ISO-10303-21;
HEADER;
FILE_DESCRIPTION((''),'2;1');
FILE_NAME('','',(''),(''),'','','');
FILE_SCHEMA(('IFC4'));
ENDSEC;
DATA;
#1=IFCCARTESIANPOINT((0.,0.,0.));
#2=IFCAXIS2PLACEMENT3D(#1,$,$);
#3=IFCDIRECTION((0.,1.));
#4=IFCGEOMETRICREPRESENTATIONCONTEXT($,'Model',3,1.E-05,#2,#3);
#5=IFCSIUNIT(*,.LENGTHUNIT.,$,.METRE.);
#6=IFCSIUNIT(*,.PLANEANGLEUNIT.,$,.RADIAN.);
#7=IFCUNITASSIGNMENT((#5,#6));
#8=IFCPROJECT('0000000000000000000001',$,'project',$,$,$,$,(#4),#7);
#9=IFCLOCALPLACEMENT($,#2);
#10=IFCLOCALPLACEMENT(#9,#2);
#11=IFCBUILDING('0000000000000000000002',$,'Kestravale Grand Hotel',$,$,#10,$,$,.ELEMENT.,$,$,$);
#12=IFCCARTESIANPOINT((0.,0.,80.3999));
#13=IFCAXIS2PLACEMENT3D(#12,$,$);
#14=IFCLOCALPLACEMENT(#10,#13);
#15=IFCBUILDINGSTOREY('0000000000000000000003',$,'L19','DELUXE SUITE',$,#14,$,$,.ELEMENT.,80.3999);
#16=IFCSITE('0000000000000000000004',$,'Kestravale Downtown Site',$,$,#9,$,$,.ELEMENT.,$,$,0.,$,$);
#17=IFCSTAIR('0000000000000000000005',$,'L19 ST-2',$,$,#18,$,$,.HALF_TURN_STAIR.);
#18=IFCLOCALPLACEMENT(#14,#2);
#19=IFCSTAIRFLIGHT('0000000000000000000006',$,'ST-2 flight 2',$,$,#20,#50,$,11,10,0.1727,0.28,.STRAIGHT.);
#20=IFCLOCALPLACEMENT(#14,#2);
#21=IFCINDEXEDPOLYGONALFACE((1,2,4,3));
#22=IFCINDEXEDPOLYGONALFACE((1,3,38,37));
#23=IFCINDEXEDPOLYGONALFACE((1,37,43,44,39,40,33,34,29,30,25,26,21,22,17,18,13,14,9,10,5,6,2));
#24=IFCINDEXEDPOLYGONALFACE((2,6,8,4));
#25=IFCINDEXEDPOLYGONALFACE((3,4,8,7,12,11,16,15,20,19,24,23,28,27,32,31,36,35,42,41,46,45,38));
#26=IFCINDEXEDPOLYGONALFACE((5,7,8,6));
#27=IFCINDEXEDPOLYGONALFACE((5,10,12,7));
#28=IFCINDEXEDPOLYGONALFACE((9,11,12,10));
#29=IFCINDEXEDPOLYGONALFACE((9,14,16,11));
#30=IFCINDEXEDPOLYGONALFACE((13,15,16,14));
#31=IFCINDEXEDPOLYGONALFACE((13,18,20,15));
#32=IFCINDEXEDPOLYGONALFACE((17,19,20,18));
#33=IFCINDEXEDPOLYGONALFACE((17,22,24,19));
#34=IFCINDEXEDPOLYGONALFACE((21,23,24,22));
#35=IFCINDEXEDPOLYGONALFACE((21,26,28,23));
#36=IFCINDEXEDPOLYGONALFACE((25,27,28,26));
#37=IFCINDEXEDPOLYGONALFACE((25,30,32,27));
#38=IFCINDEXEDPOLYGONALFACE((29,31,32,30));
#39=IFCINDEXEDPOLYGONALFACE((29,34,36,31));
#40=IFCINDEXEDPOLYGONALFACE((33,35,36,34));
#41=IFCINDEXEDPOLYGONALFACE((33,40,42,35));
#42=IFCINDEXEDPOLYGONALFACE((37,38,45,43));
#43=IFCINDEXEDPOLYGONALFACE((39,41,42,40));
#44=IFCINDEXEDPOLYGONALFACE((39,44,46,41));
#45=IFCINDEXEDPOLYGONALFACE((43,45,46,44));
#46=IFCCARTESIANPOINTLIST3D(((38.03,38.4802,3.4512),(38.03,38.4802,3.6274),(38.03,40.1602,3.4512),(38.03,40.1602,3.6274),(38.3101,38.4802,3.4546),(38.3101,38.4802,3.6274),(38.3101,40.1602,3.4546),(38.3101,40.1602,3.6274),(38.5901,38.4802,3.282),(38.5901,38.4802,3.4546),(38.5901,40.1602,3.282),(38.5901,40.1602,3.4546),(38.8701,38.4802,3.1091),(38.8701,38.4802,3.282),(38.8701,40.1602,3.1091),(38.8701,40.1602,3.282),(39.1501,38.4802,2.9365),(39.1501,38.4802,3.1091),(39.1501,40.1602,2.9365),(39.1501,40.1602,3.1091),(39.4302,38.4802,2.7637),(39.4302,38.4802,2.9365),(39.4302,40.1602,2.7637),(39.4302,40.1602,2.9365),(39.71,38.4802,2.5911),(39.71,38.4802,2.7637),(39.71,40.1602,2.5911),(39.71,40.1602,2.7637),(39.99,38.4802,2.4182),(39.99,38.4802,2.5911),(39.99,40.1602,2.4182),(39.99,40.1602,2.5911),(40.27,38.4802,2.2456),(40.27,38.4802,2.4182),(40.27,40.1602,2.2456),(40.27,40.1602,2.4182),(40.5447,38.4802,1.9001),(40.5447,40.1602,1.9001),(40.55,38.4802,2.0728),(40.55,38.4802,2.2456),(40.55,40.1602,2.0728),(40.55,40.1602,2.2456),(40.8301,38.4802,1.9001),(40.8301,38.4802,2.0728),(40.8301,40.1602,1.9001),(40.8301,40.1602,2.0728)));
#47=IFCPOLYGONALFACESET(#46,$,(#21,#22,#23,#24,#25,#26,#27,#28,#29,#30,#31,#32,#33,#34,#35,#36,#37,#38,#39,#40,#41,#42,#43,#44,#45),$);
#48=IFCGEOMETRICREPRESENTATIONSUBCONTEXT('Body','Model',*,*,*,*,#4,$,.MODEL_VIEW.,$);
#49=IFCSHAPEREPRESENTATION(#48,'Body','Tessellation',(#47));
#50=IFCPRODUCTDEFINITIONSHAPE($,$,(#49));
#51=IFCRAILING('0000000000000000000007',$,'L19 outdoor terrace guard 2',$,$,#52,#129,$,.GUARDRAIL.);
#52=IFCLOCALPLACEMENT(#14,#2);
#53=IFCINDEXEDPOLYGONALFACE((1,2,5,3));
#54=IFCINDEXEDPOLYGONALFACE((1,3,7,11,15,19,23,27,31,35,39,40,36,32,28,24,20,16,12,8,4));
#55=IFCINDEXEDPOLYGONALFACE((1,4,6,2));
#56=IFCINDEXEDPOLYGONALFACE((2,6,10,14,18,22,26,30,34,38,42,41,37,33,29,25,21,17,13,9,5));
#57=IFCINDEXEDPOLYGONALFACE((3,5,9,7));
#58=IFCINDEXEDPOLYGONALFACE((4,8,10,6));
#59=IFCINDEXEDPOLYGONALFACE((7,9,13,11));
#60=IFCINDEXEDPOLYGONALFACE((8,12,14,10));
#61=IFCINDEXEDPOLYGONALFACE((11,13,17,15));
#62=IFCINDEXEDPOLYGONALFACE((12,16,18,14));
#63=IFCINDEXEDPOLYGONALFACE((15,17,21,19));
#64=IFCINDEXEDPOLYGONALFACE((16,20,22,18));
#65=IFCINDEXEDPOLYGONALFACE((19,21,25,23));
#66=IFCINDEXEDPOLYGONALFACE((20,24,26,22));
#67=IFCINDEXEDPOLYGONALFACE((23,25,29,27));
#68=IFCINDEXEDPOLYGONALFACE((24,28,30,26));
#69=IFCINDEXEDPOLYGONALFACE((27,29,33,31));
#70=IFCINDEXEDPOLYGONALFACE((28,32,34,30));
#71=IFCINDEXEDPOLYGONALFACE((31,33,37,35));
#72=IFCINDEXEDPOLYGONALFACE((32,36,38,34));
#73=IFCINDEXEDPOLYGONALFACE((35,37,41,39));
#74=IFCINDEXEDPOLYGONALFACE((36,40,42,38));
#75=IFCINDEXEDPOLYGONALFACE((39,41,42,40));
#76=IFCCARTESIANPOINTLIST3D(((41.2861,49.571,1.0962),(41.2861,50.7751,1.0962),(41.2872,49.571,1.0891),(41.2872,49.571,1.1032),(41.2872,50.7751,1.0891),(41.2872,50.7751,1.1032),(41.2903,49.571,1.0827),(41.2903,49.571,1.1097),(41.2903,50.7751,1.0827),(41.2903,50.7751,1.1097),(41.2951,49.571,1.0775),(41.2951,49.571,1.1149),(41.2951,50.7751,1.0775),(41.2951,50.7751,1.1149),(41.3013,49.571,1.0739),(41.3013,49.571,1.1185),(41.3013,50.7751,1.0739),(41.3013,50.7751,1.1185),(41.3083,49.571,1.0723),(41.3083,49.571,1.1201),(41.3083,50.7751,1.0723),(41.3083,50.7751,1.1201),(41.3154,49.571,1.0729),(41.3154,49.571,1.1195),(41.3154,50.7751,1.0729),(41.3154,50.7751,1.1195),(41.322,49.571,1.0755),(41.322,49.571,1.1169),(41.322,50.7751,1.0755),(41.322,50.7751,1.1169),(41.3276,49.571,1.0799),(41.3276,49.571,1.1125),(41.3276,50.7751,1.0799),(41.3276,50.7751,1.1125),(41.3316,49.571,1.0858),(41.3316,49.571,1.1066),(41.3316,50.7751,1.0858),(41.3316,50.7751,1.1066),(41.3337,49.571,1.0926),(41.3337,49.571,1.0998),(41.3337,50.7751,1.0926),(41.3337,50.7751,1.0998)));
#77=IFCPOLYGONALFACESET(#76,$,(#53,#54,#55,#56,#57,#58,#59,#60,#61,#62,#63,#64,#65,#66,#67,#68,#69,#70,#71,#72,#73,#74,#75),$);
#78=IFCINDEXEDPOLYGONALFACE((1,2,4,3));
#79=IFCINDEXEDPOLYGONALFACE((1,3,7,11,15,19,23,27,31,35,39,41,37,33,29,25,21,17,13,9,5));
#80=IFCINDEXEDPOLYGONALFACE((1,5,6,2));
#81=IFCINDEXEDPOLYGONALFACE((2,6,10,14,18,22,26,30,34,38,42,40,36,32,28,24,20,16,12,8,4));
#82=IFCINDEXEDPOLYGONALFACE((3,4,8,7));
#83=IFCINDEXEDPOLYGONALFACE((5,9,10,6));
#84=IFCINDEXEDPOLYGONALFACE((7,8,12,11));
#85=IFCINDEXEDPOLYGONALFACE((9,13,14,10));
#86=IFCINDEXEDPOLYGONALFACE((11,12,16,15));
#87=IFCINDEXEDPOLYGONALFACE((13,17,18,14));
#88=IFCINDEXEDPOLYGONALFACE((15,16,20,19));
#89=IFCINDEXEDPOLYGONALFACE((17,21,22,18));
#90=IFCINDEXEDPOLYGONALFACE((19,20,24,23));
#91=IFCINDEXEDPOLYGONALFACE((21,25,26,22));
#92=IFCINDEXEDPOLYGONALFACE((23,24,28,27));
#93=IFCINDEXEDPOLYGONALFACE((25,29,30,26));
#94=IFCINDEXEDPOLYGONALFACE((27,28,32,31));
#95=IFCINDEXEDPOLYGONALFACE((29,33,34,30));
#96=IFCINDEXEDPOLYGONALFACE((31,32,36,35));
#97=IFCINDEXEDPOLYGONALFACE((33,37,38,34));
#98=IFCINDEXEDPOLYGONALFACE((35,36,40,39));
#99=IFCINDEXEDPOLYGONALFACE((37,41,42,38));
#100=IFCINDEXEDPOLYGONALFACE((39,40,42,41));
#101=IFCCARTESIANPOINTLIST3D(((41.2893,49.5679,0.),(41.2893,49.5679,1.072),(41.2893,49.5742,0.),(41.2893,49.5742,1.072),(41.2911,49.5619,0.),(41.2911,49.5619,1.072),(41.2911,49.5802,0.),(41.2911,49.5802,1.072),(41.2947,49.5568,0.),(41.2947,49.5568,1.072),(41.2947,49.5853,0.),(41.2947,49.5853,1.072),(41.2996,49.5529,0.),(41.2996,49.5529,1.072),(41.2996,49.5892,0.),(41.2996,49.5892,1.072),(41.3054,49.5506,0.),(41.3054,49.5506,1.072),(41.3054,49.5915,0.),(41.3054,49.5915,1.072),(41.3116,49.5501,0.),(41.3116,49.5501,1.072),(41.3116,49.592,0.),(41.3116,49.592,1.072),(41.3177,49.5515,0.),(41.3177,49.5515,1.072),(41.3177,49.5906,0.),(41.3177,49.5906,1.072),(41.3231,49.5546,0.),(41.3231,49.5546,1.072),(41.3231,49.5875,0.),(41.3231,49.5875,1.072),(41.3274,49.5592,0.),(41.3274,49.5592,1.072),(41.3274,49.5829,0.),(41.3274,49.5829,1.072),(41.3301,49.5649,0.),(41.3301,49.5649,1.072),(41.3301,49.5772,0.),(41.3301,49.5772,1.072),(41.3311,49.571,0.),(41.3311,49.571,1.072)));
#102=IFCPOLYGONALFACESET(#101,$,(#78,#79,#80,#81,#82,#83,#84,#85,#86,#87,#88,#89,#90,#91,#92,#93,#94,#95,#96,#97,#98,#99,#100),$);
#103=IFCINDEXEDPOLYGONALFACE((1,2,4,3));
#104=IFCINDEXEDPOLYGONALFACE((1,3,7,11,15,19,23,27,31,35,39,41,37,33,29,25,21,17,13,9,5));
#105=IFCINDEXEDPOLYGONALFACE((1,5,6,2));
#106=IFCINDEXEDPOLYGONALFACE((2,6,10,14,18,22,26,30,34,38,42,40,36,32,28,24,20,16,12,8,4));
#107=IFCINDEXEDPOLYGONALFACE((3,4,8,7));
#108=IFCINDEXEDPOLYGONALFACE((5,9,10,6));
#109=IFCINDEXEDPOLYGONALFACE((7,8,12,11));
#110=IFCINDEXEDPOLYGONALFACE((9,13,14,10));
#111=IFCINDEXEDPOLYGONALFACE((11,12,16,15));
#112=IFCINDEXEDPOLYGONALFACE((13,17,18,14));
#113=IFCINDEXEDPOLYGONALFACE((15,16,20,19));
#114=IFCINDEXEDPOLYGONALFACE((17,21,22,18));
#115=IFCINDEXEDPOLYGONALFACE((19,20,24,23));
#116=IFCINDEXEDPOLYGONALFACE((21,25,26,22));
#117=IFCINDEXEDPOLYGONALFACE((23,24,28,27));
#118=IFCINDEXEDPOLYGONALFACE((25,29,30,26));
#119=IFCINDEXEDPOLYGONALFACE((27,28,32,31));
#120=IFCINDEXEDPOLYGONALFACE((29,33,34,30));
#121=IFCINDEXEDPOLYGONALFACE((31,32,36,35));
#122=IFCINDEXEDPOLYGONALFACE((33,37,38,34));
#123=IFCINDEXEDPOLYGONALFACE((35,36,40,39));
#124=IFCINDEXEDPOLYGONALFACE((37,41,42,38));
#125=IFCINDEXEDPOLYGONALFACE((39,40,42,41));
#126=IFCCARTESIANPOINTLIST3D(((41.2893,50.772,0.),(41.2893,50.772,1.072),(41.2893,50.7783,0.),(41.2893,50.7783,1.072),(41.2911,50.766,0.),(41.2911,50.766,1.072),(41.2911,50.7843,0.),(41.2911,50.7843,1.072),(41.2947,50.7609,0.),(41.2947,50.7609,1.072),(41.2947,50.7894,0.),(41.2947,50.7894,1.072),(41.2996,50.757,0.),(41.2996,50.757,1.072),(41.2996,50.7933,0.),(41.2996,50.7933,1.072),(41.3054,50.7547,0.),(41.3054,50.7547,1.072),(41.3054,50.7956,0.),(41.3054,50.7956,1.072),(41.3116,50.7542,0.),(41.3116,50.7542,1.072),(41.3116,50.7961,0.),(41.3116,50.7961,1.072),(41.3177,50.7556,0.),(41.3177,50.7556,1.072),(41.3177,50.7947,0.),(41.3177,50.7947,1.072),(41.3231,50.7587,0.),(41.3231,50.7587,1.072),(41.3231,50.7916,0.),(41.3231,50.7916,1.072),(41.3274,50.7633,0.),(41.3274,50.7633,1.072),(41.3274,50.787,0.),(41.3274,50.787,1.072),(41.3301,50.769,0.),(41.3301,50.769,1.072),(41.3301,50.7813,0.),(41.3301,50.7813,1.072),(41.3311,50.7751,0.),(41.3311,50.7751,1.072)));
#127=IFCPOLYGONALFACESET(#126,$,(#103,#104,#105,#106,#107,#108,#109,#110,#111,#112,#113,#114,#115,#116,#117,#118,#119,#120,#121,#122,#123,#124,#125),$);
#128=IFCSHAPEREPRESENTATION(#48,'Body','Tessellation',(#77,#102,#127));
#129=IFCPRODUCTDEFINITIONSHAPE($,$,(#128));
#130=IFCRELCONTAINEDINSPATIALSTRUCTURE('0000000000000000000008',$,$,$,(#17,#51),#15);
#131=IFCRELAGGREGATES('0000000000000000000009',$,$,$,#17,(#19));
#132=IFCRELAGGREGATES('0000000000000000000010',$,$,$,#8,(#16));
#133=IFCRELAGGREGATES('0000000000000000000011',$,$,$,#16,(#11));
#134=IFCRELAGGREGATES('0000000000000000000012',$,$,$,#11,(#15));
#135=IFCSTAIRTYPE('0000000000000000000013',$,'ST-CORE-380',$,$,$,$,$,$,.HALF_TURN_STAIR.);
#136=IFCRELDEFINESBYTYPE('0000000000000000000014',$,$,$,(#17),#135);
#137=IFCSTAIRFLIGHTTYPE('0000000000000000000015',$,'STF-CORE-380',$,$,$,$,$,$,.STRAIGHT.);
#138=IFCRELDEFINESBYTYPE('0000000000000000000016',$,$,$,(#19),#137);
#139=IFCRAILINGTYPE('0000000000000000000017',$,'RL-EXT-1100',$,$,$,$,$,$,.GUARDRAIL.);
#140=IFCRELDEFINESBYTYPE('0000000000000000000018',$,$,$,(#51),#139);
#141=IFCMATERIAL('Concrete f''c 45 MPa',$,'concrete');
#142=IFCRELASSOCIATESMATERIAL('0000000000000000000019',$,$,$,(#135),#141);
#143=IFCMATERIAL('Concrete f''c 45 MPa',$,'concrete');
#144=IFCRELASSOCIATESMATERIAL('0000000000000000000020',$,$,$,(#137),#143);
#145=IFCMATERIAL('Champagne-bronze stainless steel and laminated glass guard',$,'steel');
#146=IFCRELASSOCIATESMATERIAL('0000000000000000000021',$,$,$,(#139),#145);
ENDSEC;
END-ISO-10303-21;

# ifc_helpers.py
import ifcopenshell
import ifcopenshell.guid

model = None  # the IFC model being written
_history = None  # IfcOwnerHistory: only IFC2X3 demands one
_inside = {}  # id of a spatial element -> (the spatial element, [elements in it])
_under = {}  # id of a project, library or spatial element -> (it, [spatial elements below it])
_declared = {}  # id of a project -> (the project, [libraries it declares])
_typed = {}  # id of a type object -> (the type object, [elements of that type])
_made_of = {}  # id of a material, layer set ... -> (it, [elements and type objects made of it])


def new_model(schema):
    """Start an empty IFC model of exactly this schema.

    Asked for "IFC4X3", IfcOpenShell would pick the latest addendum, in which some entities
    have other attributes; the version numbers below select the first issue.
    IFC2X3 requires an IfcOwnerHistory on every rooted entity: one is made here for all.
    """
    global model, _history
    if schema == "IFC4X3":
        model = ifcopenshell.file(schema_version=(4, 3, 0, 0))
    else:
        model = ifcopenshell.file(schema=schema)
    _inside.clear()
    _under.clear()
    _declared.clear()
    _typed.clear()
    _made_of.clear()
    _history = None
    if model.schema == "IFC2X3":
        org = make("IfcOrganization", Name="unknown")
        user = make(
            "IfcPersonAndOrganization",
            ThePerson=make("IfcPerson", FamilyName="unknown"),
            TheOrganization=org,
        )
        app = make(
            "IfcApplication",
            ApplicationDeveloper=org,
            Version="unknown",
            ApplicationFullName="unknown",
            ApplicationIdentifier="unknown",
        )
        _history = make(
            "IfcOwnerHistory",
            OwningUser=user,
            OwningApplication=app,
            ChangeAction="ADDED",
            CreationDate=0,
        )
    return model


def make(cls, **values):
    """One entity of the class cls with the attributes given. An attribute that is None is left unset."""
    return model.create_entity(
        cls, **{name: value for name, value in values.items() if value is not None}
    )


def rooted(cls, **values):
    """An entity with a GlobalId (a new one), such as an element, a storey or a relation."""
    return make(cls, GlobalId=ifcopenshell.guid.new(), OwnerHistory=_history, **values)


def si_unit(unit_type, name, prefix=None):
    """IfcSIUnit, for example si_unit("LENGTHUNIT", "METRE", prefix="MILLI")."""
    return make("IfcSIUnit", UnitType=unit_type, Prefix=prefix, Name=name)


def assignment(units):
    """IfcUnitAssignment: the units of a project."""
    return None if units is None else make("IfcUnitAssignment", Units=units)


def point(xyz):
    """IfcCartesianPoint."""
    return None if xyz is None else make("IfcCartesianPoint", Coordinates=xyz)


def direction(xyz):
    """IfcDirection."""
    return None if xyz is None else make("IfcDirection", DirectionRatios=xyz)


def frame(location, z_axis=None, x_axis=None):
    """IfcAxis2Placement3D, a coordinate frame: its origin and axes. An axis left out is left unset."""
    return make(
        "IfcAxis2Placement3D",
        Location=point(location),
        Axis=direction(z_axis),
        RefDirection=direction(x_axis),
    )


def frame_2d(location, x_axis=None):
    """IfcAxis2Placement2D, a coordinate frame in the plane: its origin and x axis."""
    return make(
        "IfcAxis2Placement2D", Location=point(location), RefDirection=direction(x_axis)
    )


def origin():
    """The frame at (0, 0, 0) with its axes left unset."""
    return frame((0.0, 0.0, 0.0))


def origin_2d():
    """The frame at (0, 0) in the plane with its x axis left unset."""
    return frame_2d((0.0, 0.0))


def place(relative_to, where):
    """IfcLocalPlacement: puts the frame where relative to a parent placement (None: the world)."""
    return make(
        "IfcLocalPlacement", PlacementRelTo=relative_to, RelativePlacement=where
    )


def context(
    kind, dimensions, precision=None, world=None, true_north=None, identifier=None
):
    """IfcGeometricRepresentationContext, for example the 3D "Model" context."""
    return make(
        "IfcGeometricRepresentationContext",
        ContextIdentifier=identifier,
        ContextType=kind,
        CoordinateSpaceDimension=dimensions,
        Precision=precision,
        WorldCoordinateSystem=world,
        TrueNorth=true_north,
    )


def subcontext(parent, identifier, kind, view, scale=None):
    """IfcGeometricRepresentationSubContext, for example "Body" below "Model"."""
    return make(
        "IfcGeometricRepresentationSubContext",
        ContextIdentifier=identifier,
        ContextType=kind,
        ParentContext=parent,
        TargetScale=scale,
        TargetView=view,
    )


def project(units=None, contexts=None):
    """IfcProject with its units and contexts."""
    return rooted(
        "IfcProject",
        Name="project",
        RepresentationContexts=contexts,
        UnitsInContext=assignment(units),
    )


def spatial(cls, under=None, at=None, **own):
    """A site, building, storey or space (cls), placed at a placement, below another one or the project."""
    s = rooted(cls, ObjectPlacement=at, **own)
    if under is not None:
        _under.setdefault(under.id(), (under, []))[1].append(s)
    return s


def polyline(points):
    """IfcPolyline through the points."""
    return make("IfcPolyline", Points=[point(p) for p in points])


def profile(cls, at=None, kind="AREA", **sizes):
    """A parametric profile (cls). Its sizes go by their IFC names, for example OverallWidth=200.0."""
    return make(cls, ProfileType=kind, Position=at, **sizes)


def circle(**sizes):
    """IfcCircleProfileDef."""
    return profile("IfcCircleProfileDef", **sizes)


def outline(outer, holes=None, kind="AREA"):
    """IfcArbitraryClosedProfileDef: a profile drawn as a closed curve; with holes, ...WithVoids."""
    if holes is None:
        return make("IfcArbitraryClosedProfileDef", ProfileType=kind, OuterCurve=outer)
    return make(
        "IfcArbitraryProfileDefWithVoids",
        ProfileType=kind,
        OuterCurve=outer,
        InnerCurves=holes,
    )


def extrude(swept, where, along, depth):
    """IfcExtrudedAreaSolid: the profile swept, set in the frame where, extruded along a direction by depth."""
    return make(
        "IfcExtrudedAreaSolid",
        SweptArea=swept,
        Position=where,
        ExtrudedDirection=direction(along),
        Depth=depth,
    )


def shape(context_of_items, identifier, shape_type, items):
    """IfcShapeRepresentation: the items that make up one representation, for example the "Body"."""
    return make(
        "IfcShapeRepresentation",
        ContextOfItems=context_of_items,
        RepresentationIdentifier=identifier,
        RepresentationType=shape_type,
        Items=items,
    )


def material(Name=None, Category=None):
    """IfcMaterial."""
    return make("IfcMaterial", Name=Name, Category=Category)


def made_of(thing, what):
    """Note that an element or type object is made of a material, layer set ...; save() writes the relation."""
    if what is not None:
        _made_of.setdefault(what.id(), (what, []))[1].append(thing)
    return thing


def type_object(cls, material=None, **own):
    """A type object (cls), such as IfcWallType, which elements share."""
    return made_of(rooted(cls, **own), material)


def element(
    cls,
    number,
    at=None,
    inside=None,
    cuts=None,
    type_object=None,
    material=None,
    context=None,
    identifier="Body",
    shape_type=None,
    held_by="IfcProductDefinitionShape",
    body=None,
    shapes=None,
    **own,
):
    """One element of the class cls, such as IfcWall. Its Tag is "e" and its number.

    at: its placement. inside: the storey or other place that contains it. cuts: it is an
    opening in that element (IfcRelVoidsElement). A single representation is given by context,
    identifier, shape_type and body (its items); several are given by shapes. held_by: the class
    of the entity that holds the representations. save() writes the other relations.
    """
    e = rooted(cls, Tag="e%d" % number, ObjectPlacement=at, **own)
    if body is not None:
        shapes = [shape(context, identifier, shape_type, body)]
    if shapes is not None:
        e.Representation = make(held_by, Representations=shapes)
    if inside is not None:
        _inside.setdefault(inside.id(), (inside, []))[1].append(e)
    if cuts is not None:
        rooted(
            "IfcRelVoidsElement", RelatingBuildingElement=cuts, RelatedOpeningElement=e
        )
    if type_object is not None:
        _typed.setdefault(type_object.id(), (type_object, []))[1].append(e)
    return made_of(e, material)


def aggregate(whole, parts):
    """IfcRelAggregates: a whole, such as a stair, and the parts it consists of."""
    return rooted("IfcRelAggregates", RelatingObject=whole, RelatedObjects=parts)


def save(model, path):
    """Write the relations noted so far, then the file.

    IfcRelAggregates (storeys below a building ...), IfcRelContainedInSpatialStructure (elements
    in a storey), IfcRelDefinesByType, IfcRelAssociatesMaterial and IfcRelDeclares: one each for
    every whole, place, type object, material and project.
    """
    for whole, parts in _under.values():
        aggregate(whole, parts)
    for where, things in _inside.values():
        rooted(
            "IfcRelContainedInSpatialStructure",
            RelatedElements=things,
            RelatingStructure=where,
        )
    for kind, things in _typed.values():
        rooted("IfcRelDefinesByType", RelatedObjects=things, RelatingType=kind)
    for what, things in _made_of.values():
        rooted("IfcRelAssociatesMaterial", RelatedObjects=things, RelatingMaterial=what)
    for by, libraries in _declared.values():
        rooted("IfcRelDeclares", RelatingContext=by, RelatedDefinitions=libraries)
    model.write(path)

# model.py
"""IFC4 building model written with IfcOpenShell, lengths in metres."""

from ifc_helpers import new_model, si_unit, direction, frame, origin, origin_2d, place, context, subcontext, project, spatial, polyline, circle, outline, extrude, material, type_object, element, aggregate, save


model = new_model("IFC4")

# Units and contexts
model_context = context("Model", 3, precision=1e-05, world=origin(), true_north=direction((0.0, 1.0)))
body_context = subcontext(model_context, "Body", "Model", "MODEL_VIEW")
ifc_project = project(units=[si_unit("LENGTHUNIT", "METRE"), si_unit("PLANEANGLEUNIT", "RADIAN")], contexts=[model_context])

# Site, building, storey
site_placement = place(None, origin())
site = spatial("IfcSite", under=ifc_project, at=site_placement, Name="Kestravale Downtown Site", CompositionType="ELEMENT", RefElevation=0.0)
building_placement = place(site_placement, origin())
building = spatial("IfcBuilding", under=site, at=building_placement, Name="Kestravale Grand Hotel", CompositionType="ELEMENT")
storey_placement = place(building_placement, frame((0.0, 0.0, 80.3999)))
storey = spatial("IfcBuildingStorey", under=building, at=storey_placement, Name="L19", Description="DELUXE SUITE", CompositionType="ELEMENT", Elevation=80.3999)

# Stair, stair flight
ifc_material_1 = material(Name="Concrete f'c 45 MPa", Category="concrete")
stair_type = type_object("IfcStairType", Name="ST-CORE-380", PredefinedType="HALF_TURN_STAIR", material=ifc_material_1)
stair_placement = place(storey_placement, origin())
stair = element("IfcStair", 1, at=stair_placement, inside=storey, type_object=stair_type, Name="L19 ST-2", PredefinedType="HALF_TURN_STAIR")
ifc_material_2 = material(Name="Concrete f'c 45 MPa", Category="concrete")
stair_flight_type = type_object("IfcStairFlightType", Name="STF-CORE-380", PredefinedType="STRAIGHT", material=ifc_material_2)
stair_flight_1_placement = place(storey_placement, frame((40.8301, 39.3201, 1.9001), z_axis=(0.0, 0.0, 1.0), x_axis=(-1.0, 0.0, 0.0)))
stair_flight_1 = element("IfcStairFlight", 2, at=stair_flight_1_placement, type_object=stair_flight_type, Name="ST-2 flight 2", NumberOfRisers=11, NumberOfTreads=10, PredefinedType="STRAIGHT", RiserHeight=0.1727, TreadLength=0.28, context=body_context, shape_type="SweptSolid", body=[
    extrude(outline(polyline([(0.0, 0.0), (0.0, 0.1726), (0.28, 0.1726), (0.28, 0.3455), (0.5601, 0.3455), (0.5601, 0.5181), (0.8401, 0.5181), (0.8401, 0.6909), (1.1201, 0.6909), (1.1201, 0.8635), (1.3999, 0.8635), (1.3999, 1.0364), (1.6799, 1.0364), (1.6799, 1.209), (1.96, 1.209), (1.96, 1.3818), (2.24, 1.3818), (2.24, 1.5544), (2.52, 1.5544), (2.52, 1.7273), (2.8, 1.7273), (2.8, 1.8999), (2.8, 1.551), (0.2854, 0.0), (0.0, 0.0)])), frame((0.0, 0.8398, 0.0), z_axis=(0.0, -1.0, 0.0), x_axis=(1.0, 0.0, 0.0)), (0.0, 0.0, 1.0), 1.6799),
])
aggregate(stair, [stair_flight_1])

# Railing
ifc_material_3 = material(Name="Champagne-bronze stainless steel and laminated glass guard", Category="steel")
railing_type_1 = type_object("IfcRailingType", Name="RL-EXT-1100", PredefinedType="GUARDRAIL", material=ifc_material_3)
railing_1_placement = place(storey_placement, frame((41.3101, 49.571, 0.0)))
element("IfcRailing", 3, at=railing_1_placement, inside=storey, type_object=railing_type_1, Name="L19 outdoor terrace guard 2", PredefinedType="GUARDRAIL", context=body_context, shape_type="SweptSolid", body=[
    extrude(circle(Radius=0.0239, at=origin_2d()), frame((0.0, 0.0, 1.0962), z_axis=(0.0, 1.0, 0.0), x_axis=(-1.0, 0.0, 0.0)), (0.0, 0.0, 1.0), 1.2041),
    extrude(circle(Radius=0.021, at=origin_2d()), origin(), (0.0, 0.0, 1.0), 1.072),
    extrude(circle(Radius=0.021, at=origin_2d()), frame((0.0, 1.2041, 0.0)), (0.0, 0.0, 1.0), 1.072),
])

save(model, "model.ifc")
